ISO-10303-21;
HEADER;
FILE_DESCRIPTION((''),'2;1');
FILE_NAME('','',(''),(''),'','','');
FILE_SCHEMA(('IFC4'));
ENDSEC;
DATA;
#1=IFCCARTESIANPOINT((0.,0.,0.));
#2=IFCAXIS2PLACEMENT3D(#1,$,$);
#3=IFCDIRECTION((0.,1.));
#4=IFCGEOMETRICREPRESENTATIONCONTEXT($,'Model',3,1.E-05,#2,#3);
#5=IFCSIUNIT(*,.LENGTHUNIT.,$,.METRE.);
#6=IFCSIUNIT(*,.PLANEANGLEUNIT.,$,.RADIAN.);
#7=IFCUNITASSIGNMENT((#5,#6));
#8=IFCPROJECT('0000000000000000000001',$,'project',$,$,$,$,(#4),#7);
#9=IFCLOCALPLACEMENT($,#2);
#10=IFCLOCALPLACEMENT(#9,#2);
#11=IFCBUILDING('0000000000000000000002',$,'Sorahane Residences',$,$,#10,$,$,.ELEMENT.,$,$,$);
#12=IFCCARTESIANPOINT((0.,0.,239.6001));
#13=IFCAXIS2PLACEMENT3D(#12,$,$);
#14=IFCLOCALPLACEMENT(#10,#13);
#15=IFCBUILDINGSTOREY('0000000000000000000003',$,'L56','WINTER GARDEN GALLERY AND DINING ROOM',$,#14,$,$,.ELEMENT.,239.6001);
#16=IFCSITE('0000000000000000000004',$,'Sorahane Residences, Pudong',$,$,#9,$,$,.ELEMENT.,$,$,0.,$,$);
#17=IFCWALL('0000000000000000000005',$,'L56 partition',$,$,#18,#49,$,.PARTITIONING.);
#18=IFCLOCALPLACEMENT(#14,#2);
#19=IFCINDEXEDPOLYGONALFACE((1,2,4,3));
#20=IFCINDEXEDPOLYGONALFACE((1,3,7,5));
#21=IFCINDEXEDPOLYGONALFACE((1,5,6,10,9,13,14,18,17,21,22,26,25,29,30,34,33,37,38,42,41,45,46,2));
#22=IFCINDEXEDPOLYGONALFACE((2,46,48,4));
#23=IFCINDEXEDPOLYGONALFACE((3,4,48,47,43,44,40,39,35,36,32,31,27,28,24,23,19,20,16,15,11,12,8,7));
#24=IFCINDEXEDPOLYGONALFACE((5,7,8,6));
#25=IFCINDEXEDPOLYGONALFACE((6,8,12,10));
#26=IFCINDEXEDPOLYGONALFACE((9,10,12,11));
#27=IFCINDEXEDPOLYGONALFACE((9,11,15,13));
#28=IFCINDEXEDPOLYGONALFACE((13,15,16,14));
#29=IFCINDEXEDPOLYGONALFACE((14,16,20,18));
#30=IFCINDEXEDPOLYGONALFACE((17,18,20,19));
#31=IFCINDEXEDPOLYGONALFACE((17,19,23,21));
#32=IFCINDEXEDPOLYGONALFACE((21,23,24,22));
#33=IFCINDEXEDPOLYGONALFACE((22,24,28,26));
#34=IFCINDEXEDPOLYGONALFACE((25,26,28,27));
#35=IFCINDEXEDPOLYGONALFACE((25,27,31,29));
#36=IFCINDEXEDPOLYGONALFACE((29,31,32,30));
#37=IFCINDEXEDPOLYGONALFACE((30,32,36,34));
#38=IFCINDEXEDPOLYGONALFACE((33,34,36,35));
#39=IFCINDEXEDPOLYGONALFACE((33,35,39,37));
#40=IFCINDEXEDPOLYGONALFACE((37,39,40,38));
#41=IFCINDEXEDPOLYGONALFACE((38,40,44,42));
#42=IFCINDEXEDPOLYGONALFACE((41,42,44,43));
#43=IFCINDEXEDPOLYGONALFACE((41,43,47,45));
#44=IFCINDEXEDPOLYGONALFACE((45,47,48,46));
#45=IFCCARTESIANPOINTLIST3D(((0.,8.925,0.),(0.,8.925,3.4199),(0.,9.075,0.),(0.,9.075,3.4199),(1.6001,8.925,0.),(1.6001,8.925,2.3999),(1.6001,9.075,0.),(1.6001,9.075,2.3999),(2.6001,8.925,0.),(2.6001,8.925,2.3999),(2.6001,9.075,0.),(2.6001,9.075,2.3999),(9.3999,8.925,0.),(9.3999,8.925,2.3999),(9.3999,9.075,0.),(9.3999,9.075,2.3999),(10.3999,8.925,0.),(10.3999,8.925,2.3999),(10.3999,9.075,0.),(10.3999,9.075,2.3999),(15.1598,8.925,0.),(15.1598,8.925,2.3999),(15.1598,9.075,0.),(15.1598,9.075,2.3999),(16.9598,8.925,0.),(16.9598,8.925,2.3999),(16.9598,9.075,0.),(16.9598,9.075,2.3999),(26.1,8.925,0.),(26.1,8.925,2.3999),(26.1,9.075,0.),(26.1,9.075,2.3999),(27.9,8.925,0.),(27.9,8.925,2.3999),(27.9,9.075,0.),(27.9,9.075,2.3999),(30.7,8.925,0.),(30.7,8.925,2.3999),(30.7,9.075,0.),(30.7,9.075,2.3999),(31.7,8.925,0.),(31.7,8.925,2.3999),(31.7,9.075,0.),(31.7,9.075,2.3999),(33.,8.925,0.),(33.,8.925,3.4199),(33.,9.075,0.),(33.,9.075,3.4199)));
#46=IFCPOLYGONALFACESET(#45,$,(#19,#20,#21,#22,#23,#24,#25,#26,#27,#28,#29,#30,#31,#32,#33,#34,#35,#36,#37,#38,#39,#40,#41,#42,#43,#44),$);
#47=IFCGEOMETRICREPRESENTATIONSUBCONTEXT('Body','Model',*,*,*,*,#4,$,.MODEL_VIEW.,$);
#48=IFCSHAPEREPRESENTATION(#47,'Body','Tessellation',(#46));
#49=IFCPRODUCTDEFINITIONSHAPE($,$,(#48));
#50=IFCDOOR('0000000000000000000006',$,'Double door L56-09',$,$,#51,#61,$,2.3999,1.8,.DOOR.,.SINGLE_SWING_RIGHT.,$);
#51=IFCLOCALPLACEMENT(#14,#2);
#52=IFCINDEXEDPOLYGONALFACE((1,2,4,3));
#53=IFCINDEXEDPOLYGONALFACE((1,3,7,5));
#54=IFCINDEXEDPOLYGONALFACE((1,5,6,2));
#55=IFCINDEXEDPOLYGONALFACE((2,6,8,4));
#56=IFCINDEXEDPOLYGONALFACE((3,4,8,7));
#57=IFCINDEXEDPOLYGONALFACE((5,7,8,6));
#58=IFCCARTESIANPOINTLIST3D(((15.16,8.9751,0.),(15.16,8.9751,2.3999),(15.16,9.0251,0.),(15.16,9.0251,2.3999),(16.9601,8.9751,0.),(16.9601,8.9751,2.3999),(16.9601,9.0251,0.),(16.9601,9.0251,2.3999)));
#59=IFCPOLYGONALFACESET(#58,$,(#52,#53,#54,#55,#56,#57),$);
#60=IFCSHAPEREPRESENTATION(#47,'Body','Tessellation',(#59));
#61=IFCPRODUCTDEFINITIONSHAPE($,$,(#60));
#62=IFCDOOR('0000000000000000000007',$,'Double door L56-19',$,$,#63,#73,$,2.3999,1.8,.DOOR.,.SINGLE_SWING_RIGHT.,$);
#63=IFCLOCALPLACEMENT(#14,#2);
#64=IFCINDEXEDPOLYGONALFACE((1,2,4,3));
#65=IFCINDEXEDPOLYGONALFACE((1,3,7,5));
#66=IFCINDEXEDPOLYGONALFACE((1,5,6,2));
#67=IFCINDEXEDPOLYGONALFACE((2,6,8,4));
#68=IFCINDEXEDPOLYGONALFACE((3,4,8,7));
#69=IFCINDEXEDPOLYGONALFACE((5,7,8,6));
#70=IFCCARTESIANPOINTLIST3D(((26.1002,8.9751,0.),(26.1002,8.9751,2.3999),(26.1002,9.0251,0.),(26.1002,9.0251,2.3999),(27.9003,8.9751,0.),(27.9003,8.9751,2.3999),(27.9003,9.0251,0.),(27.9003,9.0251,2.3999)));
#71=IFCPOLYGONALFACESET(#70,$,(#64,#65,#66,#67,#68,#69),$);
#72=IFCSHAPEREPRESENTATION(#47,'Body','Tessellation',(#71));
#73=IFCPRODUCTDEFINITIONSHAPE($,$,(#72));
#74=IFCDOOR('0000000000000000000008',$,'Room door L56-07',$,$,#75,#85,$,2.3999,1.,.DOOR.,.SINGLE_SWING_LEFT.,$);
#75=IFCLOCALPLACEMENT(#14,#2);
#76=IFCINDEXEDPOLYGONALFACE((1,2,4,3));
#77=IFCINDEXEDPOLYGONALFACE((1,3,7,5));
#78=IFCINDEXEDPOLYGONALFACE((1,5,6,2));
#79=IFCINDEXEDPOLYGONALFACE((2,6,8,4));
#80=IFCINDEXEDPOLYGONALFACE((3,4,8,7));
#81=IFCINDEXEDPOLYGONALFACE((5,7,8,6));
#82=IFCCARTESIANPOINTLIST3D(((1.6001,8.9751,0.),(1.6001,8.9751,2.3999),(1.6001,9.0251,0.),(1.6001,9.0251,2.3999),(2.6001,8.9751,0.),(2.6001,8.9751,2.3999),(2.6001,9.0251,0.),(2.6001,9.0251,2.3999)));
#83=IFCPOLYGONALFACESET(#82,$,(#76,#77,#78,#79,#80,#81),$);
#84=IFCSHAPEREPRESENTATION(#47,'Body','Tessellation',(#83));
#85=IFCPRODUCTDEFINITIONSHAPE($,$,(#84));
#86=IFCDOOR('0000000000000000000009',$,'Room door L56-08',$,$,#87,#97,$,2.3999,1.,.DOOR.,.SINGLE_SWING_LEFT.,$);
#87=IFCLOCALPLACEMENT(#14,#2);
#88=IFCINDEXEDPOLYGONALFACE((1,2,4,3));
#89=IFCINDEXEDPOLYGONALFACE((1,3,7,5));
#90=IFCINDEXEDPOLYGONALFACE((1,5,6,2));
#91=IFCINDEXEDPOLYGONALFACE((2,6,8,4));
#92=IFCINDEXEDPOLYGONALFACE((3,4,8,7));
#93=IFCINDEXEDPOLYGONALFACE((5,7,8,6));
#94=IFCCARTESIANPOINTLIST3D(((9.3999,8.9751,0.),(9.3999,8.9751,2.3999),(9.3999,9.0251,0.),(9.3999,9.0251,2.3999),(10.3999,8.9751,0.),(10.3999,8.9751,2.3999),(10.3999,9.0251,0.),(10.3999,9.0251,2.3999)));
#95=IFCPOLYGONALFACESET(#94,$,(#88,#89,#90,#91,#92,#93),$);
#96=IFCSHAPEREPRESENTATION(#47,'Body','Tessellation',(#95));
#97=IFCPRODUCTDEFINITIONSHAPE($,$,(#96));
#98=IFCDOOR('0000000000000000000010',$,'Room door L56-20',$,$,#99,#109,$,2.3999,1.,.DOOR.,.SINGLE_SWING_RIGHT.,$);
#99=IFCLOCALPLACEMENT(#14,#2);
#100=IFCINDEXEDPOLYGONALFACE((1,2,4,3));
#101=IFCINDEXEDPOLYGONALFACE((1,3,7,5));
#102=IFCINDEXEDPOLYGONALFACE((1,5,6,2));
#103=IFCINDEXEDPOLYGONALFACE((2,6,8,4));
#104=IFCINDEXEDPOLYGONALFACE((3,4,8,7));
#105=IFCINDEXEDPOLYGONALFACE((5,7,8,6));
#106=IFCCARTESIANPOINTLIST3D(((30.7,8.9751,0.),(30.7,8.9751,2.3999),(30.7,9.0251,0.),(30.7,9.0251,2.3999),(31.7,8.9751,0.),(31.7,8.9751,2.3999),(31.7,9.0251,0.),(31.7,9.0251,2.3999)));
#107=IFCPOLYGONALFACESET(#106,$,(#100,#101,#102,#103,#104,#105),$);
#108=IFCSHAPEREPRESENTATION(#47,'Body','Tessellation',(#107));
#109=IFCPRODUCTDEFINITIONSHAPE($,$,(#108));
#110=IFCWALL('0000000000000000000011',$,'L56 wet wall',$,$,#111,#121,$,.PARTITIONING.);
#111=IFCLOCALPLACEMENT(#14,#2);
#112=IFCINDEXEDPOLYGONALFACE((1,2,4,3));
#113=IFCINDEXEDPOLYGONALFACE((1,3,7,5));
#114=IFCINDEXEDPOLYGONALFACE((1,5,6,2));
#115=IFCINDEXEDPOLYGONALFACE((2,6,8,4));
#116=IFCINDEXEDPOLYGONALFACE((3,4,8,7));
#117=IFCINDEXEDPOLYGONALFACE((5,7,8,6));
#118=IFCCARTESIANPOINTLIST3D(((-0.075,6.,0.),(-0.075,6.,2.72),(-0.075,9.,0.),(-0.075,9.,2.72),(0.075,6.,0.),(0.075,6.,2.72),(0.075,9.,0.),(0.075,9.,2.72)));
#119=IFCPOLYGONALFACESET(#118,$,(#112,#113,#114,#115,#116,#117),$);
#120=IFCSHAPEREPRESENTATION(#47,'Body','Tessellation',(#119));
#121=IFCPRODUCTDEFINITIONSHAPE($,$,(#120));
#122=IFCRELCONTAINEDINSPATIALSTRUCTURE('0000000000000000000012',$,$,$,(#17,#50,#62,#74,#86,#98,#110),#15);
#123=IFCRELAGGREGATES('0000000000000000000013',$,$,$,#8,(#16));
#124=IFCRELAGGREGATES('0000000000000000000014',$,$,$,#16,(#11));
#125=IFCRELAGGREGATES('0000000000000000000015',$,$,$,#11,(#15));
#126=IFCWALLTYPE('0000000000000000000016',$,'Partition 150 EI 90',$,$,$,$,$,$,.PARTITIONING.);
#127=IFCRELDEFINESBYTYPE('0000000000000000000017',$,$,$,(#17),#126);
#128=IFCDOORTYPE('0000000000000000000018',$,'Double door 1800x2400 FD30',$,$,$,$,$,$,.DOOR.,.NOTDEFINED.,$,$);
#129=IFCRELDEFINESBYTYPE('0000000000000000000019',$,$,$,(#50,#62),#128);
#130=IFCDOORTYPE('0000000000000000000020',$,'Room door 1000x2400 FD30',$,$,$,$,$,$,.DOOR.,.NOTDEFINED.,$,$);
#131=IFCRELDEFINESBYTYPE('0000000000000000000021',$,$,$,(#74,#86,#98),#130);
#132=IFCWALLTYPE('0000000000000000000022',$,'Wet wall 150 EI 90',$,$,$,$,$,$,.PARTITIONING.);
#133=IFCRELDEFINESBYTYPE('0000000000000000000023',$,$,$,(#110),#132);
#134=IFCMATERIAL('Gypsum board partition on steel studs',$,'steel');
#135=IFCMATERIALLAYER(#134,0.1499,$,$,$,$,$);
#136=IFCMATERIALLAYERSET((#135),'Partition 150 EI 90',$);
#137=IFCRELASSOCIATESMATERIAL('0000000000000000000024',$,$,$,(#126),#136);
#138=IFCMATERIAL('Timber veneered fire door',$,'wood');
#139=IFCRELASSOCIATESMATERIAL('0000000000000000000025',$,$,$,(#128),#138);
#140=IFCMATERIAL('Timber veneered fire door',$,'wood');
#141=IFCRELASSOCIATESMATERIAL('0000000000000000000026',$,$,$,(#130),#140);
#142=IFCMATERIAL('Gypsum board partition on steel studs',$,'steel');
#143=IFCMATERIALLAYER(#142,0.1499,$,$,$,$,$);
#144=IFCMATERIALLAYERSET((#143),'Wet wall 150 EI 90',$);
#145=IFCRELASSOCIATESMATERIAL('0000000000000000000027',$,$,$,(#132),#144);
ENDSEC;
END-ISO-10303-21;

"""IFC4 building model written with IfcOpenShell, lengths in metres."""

from ifc_helpers import new_model, si_unit, direction, frame, frame_2d, origin, place, context, subcontext, project, spatial, rectangle, extrude, material, layer, layer_set, type_object, element, fill, save


model = new_model("IFC4")

# Units and contexts
model_context = context("Model", 3, precision=1e-05, world=origin(), true_north=direction((0.0, 1.0)))
body_context = subcontext(model_context, "Body", "Model", "MODEL_VIEW")
ifc_project = project(units=[si_unit("LENGTHUNIT", "METRE"), si_unit("PLANEANGLEUNIT", "RADIAN")], contexts=[model_context])

# Site, building, storey
site_placement = place(None, origin())
site = spatial("IfcSite", under=ifc_project, at=site_placement, Name="Sorahane Residences, Pudong", CompositionType="ELEMENT", RefElevation=0.0)
building_placement = place(site_placement, origin())
building = spatial("IfcBuilding", under=site, at=building_placement, Name="Sorahane Residences", CompositionType="ELEMENT")
storey_placement = place(building_placement, frame((0.0, 0.0, 239.6001)))
storey = spatial("IfcBuildingStorey", under=building, at=storey_placement, Name="L56", Description="WINTER GARDEN GALLERY AND DINING ROOM", CompositionType="ELEMENT", Elevation=239.6001)

# Shared definitions
ifc_material_1 = material(Name="Gypsum board partition on steel studs", Category="steel")
ifc_layer_1 = layer(ifc_material_1, 0.1499)
ifc_layer_set_1 = layer_set([ifc_layer_1], Name="Partition 150 EI 90")
wall_type_1 = type_object("IfcWallType", Name="Partition 150 EI 90", PredefinedType="PARTITIONING", material=ifc_layer_set_1)

# Wall, openings, doors
wall_1_placement = place(storey_placement, frame((0.0, 9.0, 0.0), z_axis=(0.0, 0.0, 1.0), x_axis=(1.0, 0.0, 0.0)))
wall_1 = element("IfcWall", 1, at=wall_1_placement, inside=storey, type_object=wall_type_1, Name="L56 partition", PredefinedType="PARTITIONING", context=body_context, shape_type="SweptSolid", body=[
    extrude(rectangle(XDim=33.0, YDim=0.1499, at=frame_2d((16.5, 0.0))), origin(), (0.0, 0.0, 1.0), 3.4199),
])
opening_1_placement = place(wall_1_placement, frame((1.6001, 0.0, 0.0)))
opening_1 = element("IfcOpeningElement", 2, at=opening_1_placement, cuts=wall_1, PredefinedType="OPENING", context=body_context, shape_type="SweptSolid", body=[
    extrude(rectangle(XDim=1.0, YDim=2.3999, at=frame_2d((0.5, 1.2))), frame((0.0, 0.085, 0.0), z_axis=(0.0, -1.0, 0.0), x_axis=(1.0, 0.0, 0.0)), (0.0, 0.0, 1.0), 0.1699),
])
opening_2_placement = place(wall_1_placement, frame((9.3999, 0.0, 0.0)))
opening_2 = element("IfcOpeningElement", 3, at=opening_2_placement, cuts=wall_1, PredefinedType="OPENING", context=body_context, shape_type="SweptSolid", body=[
    extrude(rectangle(XDim=1.0, YDim=2.3999, at=frame_2d((0.5, 1.2))), frame((0.0, 0.085, 0.0), z_axis=(0.0, -1.0, 0.0), x_axis=(1.0, 0.0, 0.0)), (0.0, 0.0, 1.0), 0.1699),
])
opening_3_placement = place(wall_1_placement, frame((15.1599, 0.0, 0.0)))
opening_3 = element("IfcOpeningElement", 4, at=opening_3_placement, cuts=wall_1, PredefinedType="OPENING", context=body_context, shape_type="SweptSolid", body=[
    extrude(rectangle(XDim=1.8, YDim=2.3999, at=frame_2d((0.8999, 1.2))), frame((0.0, 0.085, 0.0), z_axis=(0.0, -1.0, 0.0), x_axis=(1.0, 0.0, 0.0)), (0.0, 0.0, 1.0), 0.1699),
])
opening_4_placement = place(wall_1_placement, frame((26.1001, 0.0, 0.0)))
opening_4 = element("IfcOpeningElement", 5, at=opening_4_placement, cuts=wall_1, PredefinedType="OPENING", context=body_context, shape_type="SweptSolid", body=[
    extrude(rectangle(XDim=1.8, YDim=2.3999, at=frame_2d((0.8999, 1.2))), frame((0.0, 0.085, 0.0), z_axis=(0.0, -1.0, 0.0), x_axis=(1.0, 0.0, 0.0)), (0.0, 0.0, 1.0), 0.1699),
])
opening_5_placement = place(wall_1_placement, frame((30.7, 0.0, 0.0)))
opening_5 = element("IfcOpeningElement", 6, at=opening_5_placement, cuts=wall_1, PredefinedType="OPENING", context=body_context, shape_type="SweptSolid", body=[
    extrude(rectangle(XDim=1.0, YDim=2.3999, at=frame_2d((0.5, 1.2))), frame((0.0, 0.085, 0.0), z_axis=(0.0, -1.0, 0.0), x_axis=(1.0, 0.0, 0.0)), (0.0, 0.0, 1.0), 0.1699),
])
ifc_material_2 = material(Name="Timber veneered fire door", Category="wood")
door_type_1 = type_object("IfcDoorType", Name="Double door 1800x2400 FD30", OperationType="NOTDEFINED", PredefinedType="DOOR", material=ifc_material_2)
door_1_placement = place(opening_3_placement, frame((1.8, 0.0, 0.0), z_axis=(0.0, 0.0, 1.0), x_axis=(-1.0, 0.0, 0.0)))
door_1 = element("IfcDoor", 7, at=door_1_placement, inside=storey, type_object=door_type_1, Name="Double door L56-09", OperationType="SINGLE_SWING_RIGHT", OverallHeight=2.3999, OverallWidth=1.8, PredefinedType="DOOR", context=body_context, shape_type="SweptSolid", body=[
    extrude(rectangle(XDim=1.8, YDim=2.3999, at=frame_2d((0.8999, 1.2))), frame((0.0, 0.0249, 0.0), z_axis=(0.0, -1.0, 0.0), x_axis=(1.0, 0.0, 0.0)), (0.0, 0.0, 1.0), 0.05),
])
fill(opening_3, door_1)
door_2_placement = place(opening_4_placement, frame((1.8, 0.0, 0.0), z_axis=(0.0, 0.0, 1.0), x_axis=(-1.0, 0.0, 0.0)))
door_2 = element("IfcDoor", 8, at=door_2_placement, inside=storey, type_object=door_type_1, Name="Double door L56-19", OperationType="SINGLE_SWING_RIGHT", OverallHeight=2.3999, OverallWidth=1.8, PredefinedType="DOOR", context=body_context, shape_type="SweptSolid", body=[
    extrude(rectangle(XDim=1.8, YDim=2.3999, at=frame_2d((0.8999, 1.2))), frame((0.0, 0.0249, 0.0), z_axis=(0.0, -1.0, 0.0), x_axis=(1.0, 0.0, 0.0)), (0.0, 0.0, 1.0), 0.05),
])
fill(opening_4, door_2)
ifc_material_3 = material(Name="Timber veneered fire door", Category="wood")
door_type_2 = type_object("IfcDoorType", Name="Room door 1000x2400 FD30", OperationType="NOTDEFINED", PredefinedType="DOOR", material=ifc_material_3)
door_3_placement = place(opening_1_placement, frame((1.0, 0.0, 0.0), z_axis=(0.0, 0.0, 1.0), x_axis=(-1.0, 0.0, 0.0)))
door_3 = element("IfcDoor", 9, at=door_3_placement, inside=storey, type_object=door_type_2, Name="Room door L56-07", OperationType="SINGLE_SWING_LEFT", OverallHeight=2.3999, OverallWidth=1.0, PredefinedType="DOOR", context=body_context, shape_type="SweptSolid", body=[
    extrude(rectangle(XDim=1.0, YDim=2.3999, at=frame_2d((0.5, 1.2))), frame((0.0, 0.0249, 0.0), z_axis=(0.0, -1.0, 0.0), x_axis=(1.0, 0.0, 0.0)), (0.0, 0.0, 1.0), 0.05),
])
fill(opening_1, door_3)
door_4_placement = place(opening_2_placement, frame((1.0, 0.0, 0.0), z_axis=(0.0, 0.0, 1.0), x_axis=(-1.0, 0.0, 0.0)))
door_4 = element("IfcDoor", 10, at=door_4_placement, inside=storey, type_object=door_type_2, Name="Room door L56-08", OperationType="SINGLE_SWING_LEFT", OverallHeight=2.3999, OverallWidth=1.0, PredefinedType="DOOR", context=body_context, shape_type="SweptSolid", body=[
    extrude(rectangle(XDim=1.0, YDim=2.3999, at=frame_2d((0.5, 1.2))), frame((0.0, 0.0249, 0.0), z_axis=(0.0, -1.0, 0.0), x_axis=(1.0, 0.0, 0.0)), (0.0, 0.0, 1.0), 0.05),
])
fill(opening_2, door_4)
door_5_placement = place(opening_5_placement, frame((1.0, 0.0, 0.0), z_axis=(0.0, 0.0, 1.0), x_axis=(-1.0, 0.0, 0.0)))
door_5 = element("IfcDoor", 11, at=door_5_placement, inside=storey, type_object=door_type_2, Name="Room door L56-20", OperationType="SINGLE_SWING_RIGHT", OverallHeight=2.3999, OverallWidth=1.0, PredefinedType="DOOR", context=body_context, shape_type="SweptSolid", body=[
    extrude(rectangle(XDim=1.0, YDim=2.3999, at=frame_2d((0.5, 1.2))), frame((0.0, 0.0249, 0.0), z_axis=(0.0, -1.0, 0.0), x_axis=(1.0, 0.0, 0.0)), (0.0, 0.0, 1.0), 0.05),
])
fill(opening_5, door_5)

# Wall
ifc_material_4 = material(Name="Gypsum board partition on steel studs", Category="steel")
ifc_layer_2 = layer(ifc_material_4, 0.1499)
ifc_layer_set_2 = layer_set([ifc_layer_2], Name="Wet wall 150 EI 90")
wall_type_2 = type_object("IfcWallType", Name="Wet wall 150 EI 90", PredefinedType="PARTITIONING", material=ifc_layer_set_2)
wall_2_placement = place(storey_placement, frame((0.0, 6.0, 0.0), z_axis=(0.0, 0.0, 1.0), x_axis=(0.0, 1.0, 0.0)))
element("IfcWall", 12, at=wall_2_placement, inside=storey, type_object=wall_type_2, Name="L56 wet wall", PredefinedType="PARTITIONING", context=body_context, shape_type="SweptSolid", body=[
    extrude(rectangle(XDim=3.0, YDim=0.1499, at=frame_2d((1.5, 0.0))), origin(), (0.0, 0.0, 1.0), 2.72),
])

save(model, "model.ifc")
